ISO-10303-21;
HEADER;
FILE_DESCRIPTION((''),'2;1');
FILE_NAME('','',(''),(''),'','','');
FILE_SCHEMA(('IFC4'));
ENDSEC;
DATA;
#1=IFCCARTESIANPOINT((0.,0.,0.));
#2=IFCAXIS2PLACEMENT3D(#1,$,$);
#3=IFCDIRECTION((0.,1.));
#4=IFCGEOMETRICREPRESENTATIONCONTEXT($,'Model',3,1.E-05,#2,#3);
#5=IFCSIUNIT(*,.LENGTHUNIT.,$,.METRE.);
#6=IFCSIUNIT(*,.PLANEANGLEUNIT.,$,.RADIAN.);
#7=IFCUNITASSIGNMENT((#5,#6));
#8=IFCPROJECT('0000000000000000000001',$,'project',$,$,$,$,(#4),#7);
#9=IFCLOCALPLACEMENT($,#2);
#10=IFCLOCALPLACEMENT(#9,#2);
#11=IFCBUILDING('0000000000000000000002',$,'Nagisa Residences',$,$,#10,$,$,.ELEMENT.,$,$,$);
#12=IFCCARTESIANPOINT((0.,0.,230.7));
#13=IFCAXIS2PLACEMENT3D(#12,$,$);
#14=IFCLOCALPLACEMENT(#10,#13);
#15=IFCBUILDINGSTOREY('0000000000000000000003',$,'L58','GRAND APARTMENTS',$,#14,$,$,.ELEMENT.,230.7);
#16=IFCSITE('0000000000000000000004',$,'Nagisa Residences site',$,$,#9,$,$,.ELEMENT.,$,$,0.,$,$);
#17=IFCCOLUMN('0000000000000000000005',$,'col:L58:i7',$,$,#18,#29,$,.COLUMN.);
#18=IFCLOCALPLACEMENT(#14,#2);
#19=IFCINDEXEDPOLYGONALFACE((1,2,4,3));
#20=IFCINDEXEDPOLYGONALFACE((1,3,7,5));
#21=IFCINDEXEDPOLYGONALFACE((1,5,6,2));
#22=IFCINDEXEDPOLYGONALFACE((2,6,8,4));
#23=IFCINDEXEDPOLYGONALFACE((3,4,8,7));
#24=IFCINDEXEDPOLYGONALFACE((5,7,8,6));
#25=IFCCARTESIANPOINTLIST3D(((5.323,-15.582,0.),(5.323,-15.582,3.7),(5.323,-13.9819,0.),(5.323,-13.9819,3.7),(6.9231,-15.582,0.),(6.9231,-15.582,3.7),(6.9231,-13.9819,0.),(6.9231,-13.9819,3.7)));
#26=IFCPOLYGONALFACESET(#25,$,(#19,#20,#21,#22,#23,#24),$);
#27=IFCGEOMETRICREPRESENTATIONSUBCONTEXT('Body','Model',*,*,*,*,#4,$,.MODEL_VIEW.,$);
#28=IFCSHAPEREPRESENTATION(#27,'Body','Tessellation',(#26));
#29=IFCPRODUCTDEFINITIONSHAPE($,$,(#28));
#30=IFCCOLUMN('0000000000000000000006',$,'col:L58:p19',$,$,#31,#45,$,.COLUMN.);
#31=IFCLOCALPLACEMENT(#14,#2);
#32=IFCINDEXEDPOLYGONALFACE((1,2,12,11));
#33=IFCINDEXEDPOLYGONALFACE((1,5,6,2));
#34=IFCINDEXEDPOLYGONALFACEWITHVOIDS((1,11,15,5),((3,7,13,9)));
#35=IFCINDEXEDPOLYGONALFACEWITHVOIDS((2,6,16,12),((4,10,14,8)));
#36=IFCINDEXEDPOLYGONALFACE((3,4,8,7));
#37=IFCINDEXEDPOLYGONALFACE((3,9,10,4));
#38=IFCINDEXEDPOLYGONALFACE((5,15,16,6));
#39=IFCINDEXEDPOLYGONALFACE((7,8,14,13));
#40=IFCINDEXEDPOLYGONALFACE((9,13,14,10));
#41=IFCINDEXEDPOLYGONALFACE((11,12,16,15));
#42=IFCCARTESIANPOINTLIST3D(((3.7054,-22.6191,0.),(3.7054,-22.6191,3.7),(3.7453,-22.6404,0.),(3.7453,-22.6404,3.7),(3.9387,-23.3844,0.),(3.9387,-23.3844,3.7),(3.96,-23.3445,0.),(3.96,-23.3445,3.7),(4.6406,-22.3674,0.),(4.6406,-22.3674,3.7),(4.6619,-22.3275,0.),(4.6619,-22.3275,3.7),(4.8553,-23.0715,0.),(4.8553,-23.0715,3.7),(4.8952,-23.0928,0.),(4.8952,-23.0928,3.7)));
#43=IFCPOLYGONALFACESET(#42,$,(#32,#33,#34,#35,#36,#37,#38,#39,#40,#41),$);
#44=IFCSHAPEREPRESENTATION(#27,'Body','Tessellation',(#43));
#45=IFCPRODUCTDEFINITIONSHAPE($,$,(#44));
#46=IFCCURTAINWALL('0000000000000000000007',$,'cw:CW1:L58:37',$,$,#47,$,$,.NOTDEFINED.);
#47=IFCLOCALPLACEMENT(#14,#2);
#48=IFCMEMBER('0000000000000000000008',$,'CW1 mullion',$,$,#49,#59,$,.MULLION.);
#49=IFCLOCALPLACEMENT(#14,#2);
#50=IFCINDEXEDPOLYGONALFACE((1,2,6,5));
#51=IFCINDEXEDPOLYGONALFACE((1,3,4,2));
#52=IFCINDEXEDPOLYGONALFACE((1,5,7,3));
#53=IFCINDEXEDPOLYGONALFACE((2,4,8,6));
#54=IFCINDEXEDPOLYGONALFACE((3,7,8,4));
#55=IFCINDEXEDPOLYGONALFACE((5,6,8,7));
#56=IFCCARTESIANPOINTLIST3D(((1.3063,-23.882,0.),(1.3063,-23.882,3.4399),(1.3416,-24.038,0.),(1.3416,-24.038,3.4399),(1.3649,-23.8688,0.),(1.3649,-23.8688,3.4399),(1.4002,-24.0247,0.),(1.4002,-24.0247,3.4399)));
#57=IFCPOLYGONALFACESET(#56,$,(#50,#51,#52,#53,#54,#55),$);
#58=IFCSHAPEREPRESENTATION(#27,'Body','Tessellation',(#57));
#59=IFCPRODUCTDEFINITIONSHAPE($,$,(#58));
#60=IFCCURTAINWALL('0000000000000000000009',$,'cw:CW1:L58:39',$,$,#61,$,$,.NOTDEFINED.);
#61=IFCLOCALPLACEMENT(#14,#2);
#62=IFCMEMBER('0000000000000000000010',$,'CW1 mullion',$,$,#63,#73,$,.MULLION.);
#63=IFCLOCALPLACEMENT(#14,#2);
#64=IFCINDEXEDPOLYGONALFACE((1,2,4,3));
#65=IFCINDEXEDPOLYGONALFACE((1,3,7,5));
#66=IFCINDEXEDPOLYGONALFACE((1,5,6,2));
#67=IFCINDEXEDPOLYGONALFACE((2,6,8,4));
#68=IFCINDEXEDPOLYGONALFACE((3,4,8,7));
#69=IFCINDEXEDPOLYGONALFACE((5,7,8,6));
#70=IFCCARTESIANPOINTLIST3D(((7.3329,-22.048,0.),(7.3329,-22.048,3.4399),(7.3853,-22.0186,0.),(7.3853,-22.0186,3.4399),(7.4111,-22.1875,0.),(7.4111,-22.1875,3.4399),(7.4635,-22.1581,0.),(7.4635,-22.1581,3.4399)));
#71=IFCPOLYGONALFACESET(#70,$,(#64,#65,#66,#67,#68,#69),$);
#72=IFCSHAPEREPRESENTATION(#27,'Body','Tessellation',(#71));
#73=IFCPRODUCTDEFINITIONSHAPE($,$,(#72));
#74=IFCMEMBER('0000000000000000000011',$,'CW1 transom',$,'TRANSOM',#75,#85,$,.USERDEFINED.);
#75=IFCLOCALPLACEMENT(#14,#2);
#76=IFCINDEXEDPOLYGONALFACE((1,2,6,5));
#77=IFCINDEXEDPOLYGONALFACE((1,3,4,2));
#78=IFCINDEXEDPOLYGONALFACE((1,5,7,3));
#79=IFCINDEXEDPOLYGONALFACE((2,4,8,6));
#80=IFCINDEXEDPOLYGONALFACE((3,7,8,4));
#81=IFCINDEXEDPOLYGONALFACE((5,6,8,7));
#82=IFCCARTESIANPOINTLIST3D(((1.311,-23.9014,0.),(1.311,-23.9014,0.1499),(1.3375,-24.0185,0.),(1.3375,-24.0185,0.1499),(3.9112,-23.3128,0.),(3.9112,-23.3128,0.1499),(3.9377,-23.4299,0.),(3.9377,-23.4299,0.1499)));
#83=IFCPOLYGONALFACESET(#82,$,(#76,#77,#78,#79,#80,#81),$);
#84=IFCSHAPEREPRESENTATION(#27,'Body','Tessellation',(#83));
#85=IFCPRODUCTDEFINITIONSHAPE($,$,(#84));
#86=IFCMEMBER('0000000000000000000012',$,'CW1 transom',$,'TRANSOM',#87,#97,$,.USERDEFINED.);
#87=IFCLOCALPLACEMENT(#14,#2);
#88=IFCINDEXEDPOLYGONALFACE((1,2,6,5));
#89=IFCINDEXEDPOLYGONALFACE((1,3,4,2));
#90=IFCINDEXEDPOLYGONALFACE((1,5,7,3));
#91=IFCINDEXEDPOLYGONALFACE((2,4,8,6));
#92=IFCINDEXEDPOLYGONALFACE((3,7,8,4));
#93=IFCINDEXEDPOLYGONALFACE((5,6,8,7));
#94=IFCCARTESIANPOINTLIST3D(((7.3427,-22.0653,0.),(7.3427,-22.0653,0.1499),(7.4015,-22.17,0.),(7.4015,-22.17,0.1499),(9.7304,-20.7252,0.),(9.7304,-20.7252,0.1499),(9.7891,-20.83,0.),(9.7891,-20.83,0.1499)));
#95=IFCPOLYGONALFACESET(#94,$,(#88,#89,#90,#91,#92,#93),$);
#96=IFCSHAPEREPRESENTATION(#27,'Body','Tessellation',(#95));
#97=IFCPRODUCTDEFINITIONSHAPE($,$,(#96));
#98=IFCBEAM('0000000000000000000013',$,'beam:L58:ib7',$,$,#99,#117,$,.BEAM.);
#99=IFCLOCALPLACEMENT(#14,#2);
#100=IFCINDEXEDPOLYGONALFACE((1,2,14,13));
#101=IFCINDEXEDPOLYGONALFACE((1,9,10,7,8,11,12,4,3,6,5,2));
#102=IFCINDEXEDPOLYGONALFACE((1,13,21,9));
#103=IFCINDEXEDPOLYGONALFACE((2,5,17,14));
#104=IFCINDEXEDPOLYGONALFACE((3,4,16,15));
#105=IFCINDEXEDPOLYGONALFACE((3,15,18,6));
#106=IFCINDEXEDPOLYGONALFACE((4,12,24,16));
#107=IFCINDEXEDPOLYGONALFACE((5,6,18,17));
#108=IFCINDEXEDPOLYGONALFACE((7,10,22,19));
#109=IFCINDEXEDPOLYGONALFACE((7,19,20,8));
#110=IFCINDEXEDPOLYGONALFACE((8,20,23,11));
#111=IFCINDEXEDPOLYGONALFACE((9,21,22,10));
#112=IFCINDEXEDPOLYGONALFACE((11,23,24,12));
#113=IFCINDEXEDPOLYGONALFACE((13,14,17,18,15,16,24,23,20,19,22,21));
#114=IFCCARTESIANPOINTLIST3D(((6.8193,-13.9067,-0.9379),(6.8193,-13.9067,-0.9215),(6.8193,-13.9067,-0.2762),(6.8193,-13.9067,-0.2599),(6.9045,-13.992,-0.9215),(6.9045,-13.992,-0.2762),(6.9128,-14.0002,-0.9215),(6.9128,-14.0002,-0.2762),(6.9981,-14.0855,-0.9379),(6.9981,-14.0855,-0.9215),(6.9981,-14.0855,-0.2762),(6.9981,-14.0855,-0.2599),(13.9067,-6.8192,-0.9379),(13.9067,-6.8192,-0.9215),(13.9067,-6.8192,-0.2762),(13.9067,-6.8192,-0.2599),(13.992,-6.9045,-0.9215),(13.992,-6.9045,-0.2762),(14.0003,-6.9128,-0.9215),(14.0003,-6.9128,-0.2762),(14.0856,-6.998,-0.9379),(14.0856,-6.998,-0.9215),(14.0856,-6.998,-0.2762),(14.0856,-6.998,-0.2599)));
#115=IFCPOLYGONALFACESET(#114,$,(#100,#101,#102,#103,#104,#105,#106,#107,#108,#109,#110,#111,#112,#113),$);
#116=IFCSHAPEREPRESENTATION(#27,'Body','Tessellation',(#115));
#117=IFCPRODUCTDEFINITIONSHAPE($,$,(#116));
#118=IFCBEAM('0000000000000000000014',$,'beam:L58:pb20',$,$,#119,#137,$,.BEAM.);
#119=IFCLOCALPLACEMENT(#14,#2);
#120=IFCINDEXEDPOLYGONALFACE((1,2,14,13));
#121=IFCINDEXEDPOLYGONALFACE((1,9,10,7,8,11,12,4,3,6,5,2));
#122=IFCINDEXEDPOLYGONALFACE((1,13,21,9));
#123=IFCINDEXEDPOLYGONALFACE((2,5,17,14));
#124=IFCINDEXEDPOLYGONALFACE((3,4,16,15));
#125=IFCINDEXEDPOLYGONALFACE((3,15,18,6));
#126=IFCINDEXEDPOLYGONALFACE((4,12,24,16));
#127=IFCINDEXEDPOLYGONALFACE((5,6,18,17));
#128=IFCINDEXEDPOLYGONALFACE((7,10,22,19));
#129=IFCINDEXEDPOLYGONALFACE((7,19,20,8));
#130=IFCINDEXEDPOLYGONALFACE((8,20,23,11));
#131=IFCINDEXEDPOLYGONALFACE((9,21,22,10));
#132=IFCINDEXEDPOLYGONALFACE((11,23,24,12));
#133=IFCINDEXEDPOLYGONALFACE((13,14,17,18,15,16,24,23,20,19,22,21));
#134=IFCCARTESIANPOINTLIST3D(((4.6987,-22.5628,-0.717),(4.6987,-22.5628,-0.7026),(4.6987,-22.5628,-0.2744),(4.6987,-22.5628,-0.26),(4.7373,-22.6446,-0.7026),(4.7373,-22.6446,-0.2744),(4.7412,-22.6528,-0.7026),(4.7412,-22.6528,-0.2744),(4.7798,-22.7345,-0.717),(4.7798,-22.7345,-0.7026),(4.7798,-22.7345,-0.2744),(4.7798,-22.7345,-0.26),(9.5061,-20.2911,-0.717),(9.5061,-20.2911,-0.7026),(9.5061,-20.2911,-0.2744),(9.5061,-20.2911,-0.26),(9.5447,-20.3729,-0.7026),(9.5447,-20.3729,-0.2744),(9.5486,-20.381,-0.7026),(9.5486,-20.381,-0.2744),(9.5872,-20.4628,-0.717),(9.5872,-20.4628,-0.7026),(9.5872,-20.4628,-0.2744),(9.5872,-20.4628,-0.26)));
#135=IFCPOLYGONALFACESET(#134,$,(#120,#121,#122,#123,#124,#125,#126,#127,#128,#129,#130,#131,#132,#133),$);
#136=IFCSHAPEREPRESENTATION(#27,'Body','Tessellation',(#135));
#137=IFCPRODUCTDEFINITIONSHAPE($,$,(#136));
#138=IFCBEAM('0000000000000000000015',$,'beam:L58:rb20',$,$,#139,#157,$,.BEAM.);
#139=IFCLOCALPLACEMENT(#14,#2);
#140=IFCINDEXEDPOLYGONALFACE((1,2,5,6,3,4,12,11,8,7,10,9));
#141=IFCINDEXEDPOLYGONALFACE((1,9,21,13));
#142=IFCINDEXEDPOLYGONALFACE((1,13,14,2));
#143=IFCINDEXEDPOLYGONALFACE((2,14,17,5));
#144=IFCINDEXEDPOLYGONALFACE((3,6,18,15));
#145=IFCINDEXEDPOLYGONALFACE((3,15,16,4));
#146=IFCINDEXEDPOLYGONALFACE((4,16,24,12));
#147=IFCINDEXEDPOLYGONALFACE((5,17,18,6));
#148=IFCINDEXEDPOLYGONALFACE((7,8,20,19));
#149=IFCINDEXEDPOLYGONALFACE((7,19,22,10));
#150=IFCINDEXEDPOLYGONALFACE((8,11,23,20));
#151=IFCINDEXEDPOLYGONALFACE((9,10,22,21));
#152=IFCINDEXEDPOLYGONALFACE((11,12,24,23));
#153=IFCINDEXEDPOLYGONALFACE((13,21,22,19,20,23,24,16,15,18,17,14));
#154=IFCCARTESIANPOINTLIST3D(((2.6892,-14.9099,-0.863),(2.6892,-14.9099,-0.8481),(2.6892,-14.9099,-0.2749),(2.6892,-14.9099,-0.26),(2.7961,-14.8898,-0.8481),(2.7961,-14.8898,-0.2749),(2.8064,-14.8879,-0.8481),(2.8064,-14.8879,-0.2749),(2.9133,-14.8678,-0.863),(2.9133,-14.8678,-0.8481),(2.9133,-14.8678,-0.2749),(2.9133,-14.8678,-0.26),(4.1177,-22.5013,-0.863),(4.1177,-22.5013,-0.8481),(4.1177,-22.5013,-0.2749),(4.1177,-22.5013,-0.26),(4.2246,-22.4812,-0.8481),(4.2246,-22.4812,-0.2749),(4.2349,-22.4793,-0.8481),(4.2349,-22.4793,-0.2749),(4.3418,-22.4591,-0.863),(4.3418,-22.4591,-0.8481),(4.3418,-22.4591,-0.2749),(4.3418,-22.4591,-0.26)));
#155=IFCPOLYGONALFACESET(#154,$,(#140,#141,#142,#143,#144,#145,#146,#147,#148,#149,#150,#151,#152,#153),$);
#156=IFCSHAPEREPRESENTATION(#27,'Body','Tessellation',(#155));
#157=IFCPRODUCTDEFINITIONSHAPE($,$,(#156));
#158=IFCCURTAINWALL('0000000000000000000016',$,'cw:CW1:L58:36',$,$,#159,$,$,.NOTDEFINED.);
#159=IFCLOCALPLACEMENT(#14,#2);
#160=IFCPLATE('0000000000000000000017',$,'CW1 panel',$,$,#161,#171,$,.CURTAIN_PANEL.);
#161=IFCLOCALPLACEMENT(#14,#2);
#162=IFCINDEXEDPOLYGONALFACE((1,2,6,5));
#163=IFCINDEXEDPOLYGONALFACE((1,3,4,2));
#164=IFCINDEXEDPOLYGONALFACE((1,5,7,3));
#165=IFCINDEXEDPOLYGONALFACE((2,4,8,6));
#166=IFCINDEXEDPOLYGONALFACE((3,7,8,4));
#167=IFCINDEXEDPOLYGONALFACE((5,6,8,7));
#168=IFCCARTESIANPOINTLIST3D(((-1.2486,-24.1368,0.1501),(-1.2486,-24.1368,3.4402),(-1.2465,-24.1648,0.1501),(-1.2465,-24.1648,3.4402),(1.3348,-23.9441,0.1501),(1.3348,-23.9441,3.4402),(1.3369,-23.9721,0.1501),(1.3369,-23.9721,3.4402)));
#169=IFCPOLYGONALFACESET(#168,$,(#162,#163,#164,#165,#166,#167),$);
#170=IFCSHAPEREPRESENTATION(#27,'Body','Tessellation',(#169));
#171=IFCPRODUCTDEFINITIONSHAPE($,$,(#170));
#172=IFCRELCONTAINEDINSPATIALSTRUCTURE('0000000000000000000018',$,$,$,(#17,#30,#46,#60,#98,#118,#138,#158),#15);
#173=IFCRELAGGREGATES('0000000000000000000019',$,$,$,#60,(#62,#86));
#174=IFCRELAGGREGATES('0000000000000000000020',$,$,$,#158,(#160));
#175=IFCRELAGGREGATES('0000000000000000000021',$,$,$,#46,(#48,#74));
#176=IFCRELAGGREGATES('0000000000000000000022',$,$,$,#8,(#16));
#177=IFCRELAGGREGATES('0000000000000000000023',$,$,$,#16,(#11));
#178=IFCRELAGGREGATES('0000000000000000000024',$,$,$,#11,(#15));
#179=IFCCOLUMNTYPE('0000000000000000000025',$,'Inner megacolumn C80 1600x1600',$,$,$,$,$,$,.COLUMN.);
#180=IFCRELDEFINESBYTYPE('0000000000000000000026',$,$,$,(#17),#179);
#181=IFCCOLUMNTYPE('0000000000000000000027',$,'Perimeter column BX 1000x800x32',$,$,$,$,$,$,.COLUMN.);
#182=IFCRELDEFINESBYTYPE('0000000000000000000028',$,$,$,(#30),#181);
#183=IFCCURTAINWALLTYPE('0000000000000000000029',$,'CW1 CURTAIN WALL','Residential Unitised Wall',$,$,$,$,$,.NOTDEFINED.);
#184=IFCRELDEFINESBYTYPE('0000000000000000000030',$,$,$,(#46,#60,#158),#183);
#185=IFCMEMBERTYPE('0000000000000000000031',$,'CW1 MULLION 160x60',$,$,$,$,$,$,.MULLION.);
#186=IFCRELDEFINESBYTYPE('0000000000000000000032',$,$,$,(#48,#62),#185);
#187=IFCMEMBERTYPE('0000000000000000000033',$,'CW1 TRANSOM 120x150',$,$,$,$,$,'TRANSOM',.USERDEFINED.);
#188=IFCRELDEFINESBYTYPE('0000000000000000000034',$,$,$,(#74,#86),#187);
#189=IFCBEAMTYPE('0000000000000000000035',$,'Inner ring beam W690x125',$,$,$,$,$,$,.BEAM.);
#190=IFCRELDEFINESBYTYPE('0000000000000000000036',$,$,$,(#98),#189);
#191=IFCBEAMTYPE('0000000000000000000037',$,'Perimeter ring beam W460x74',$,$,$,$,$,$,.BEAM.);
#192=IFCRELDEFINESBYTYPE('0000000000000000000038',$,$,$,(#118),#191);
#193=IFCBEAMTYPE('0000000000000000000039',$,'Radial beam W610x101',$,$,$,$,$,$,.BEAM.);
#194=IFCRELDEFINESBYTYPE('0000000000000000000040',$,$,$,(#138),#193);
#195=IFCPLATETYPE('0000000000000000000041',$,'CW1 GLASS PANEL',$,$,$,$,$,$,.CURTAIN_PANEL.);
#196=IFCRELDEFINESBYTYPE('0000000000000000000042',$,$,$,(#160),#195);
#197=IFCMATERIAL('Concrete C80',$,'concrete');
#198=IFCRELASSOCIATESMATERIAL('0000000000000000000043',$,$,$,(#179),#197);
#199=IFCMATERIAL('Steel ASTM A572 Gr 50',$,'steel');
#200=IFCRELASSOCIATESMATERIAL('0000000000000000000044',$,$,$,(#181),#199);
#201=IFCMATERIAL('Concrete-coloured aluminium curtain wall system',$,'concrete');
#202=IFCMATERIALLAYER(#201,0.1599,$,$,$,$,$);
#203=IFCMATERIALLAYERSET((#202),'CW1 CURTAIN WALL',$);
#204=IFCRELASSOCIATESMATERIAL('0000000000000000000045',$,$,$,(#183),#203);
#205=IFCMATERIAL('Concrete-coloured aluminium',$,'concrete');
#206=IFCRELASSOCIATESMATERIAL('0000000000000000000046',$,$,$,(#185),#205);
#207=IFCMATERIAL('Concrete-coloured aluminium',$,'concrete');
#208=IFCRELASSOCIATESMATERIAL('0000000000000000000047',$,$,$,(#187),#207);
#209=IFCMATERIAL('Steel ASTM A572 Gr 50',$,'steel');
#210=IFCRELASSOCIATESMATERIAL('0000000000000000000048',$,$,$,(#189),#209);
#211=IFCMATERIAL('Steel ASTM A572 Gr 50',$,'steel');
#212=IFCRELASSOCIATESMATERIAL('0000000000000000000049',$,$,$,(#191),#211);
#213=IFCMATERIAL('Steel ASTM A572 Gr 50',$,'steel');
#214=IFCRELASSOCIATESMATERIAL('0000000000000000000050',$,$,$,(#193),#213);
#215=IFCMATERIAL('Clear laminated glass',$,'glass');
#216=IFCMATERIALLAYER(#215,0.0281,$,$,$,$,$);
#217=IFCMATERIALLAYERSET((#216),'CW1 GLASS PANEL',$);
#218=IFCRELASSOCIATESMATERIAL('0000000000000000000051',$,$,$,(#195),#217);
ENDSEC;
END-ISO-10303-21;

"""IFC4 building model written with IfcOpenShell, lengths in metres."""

from ifc_helpers import new_model, si_unit, direction, frame, origin, origin_2d, place, context, subcontext, project, spatial, rectangle, hollow_rectangle, i_section, extrude, material, layer, layer_set, material_profile, profile_set, type_object, element, aggregate, save


model = new_model("IFC4")

# Units and contexts
model_context = context("Model", 3, precision=1e-05, world=origin(), true_north=direction((0.0, 1.0)))
body_context = subcontext(model_context, "Body", "Model", "MODEL_VIEW")
ifc_project = project(units=[si_unit("LENGTHUNIT", "METRE"), si_unit("PLANEANGLEUNIT", "RADIAN")], contexts=[model_context])

# Site, building, storey
site_placement = place(None, origin())
site = spatial("IfcSite", under=ifc_project, at=site_placement, Name="Nagisa Residences site", CompositionType="ELEMENT", RefElevation=0.0)
building_placement = place(site_placement, origin())
building = spatial("IfcBuilding", under=site, at=building_placement, Name="Nagisa Residences", CompositionType="ELEMENT")
storey_placement = place(building_placement, frame((0.0, 0.0, 230.7)))
storey = spatial("IfcBuildingStorey", under=building, at=storey_placement, Name="L58", Description="GRAND APARTMENTS", CompositionType="ELEMENT", Elevation=230.7)

# Columns
ifc_material_1 = material(Name="Concrete C80", Category="concrete")
ifc_material_profile_1 = material_profile(ifc_material_1, rectangle(XDim=1.6001, YDim=1.6001, at=origin_2d()), Name="C80 1600x1600")
ifc_profile_set_1 = profile_set([ifc_material_profile_1], Name="Concrete C80")
column_type_1 = type_object("IfcColumnType", Name="Inner megacolumn C80 1600x1600", PredefinedType="COLUMN", material=ifc_profile_set_1)
column_1_placement = place(storey_placement, frame((6.123, -14.782, 0.0), z_axis=(0.0, 0.0, 1.0), x_axis=(1.0, 0.0, 0.0)))
element("IfcColumn", 1, at=column_1_placement, inside=storey, type_object=column_type_1, Name="col:L58:i7", PredefinedType="COLUMN", context=body_context, shape_type="SweptSolid", body=[
    extrude(rectangle(XDim=1.6001, YDim=1.6001, at=origin_2d()), origin(), (0.0, 0.0, 1.0), 3.7),
])
ifc_material_2 = material(Name="Steel ASTM A572 Gr 50", Category="steel")
ifc_material_profile_2 = material_profile(ifc_material_2, hollow_rectangle(XDim=1.0, YDim=0.8, WallThickness=0.032, at=origin_2d()), Name="BX 1000x800x32")
ifc_profile_set_2 = profile_set([ifc_material_profile_2], Name="Steel ASTM A572 Gr 50")
column_type_2 = type_object("IfcColumnType", Name="Perimeter column BX 1000x800x32", PredefinedType="COLUMN", material=ifc_profile_set_2)
column_2_placement = place(storey_placement, frame((4.3003, -22.856, 0.0), z_axis=(0.0, 0.0, 1.0), x_axis=(0.956525, 0.291652, 0.0)))
element("IfcColumn", 2, at=column_2_placement, inside=storey, type_object=column_type_2, Name="col:L58:p19", PredefinedType="COLUMN", context=body_context, shape_type="SweptSolid", body=[
    extrude(hollow_rectangle(XDim=1.0, YDim=0.8, WallThickness=0.032, at=origin_2d()), origin(), (0.0, 0.0, 1.0), 3.7),
])

# Curtain walls, members
ifc_material_3 = material(Name="Concrete-coloured aluminium curtain wall system", Category="concrete")
ifc_layer_1 = layer(ifc_material_3, 0.1599)
ifc_layer_set_1 = layer_set([ifc_layer_1], Name="CW1 CURTAIN WALL")
curtain_wall_type = type_object("IfcCurtainWallType", Name="CW1 CURTAIN WALL", Description="Residential Unitised Wall", PredefinedType="NOTDEFINED", material=ifc_layer_set_1)
curtain_wall_1_placement = place(storey_placement, origin())
curtain_wall_1 = element("IfcCurtainWall", 3, at=curtain_wall_1_placement, inside=storey, type_object=curtain_wall_type, Name="cw:CW1:L58:37", PredefinedType="NOTDEFINED")
ifc_material_4 = material(Name="Concrete-coloured aluminium", Category="concrete")
ifc_material_profile_3 = material_profile(ifc_material_4, rectangle(XDim=0.1599, YDim=0.0601, at=origin_2d()), Name="CW1 MULLION 160x60")
ifc_profile_set_3 = profile_set([ifc_material_profile_3], Name="Concrete-coloured aluminium")
member_type_1 = type_object("IfcMemberType", Name="CW1 MULLION 160x60", PredefinedType="MULLION", material=ifc_profile_set_3)
member_1_placement = place(storey_placement, frame((1.3533, -23.9534, 0.0), z_axis=(0.0, 0.0, 1.0), x_axis=(-0.220764, 0.975327, 0.0)))
member_1 = element("IfcMember", 4, at=member_1_placement, type_object=member_type_1, Name="CW1 mullion", PredefinedType="MULLION", context=body_context, shape_type="SweptSolid", body=[
    extrude(rectangle(XDim=0.1599, YDim=0.0601, at=origin_2d()), origin(), (0.0, 0.0, 1.0), 3.4399),
])
curtain_wall_2_placement = place(storey_placement, origin())
curtain_wall_2 = element("IfcCurtainWall", 5, at=curtain_wall_2_placement, inside=storey, type_object=curtain_wall_type, Name="cw:CW1:L58:39", PredefinedType="NOTDEFINED")
member_2_placement = place(storey_placement, frame((7.3982, -22.103, 0.0), z_axis=(0.0, 0.0, 1.0), x_axis=(-0.489377, 0.872072, 0.0)))
member_2 = element("IfcMember", 6, at=member_2_placement, type_object=member_type_1, Name="CW1 mullion", PredefinedType="MULLION", context=body_context, shape_type="SweptSolid", body=[
    extrude(rectangle(XDim=0.1599, YDim=0.0601, at=origin_2d()), origin(), (0.0, 0.0, 1.0), 3.4399),
])

# Members
ifc_material_5 = material(Name="Concrete-coloured aluminium", Category="concrete")
ifc_material_profile_4 = material_profile(ifc_material_5, rectangle(XDim=0.1201, YDim=0.1499, at=origin_2d()), Name="CW1 TRANSOM 120x150")
ifc_profile_set_4 = profile_set([ifc_material_profile_4], Name="Concrete-coloured aluminium")
member_type_2 = type_object("IfcMemberType", Name="CW1 TRANSOM 120x150", ElementType="TRANSOM", PredefinedType="USERDEFINED", material=ifc_profile_set_4)
member_3_placement = place(storey_placement, frame((1.3242, -23.96, 0.075), z_axis=(0.975324, 0.220778, 0.0), x_axis=(-0.220778, 0.975324, 0.0)))
member_3 = element("IfcMember", 7, at=member_3_placement, type_object=member_type_2, Name="CW1 transom", ObjectType="TRANSOM", PredefinedType="USERDEFINED", context=body_context, shape_type="SweptSolid", body=[
    extrude(rectangle(XDim=0.1201, YDim=0.1499, at=origin_2d()), origin(), (0.0, 0.0, 1.0), 2.666),
])
member_4_placement = place(storey_placement, frame((7.3721, -22.1177, 0.075), z_axis=(0.872042, 0.489431, 0.0), x_axis=(-0.489431, 0.872042, 0.0)))
member_4 = element("IfcMember", 8, at=member_4_placement, type_object=member_type_2, Name="CW1 transom", ObjectType="TRANSOM", PredefinedType="USERDEFINED", context=body_context, shape_type="SweptSolid", body=[
    extrude(rectangle(XDim=0.1201, YDim=0.1499, at=origin_2d()), origin(), (0.0, 0.0, 1.0), 2.738),
])
aggregate(curtain_wall_2, [member_2, member_4])

# Beams
ifc_material_6 = material(Name="Steel ASTM A572 Gr 50", Category="steel")
ifc_material_profile_5 = material_profile(ifc_material_6, i_section(OverallWidth=0.2529, OverallDepth=0.678, WebThickness=0.0117, FlangeThickness=0.0164, at=origin_2d()), Name="W690x125")
ifc_profile_set_5 = profile_set([ifc_material_profile_5], Name="Steel ASTM A572 Gr 50")
beam_type_1 = type_object("IfcBeamType", Name="Inner ring beam W690x125", PredefinedType="BEAM", material=ifc_profile_set_5)
beam_1_placement = place(storey_placement, frame((6.9087, -13.9961, -0.5989), z_axis=(0.707107, 0.707107, 0.0), x_axis=(-0.707107, 0.707107, 0.0)))
element("IfcBeam", 9, at=beam_1_placement, inside=storey, type_object=beam_type_1, Name="beam:L58:ib7", PredefinedType="BEAM", context=body_context, shape_type="SweptSolid", body=[
    extrude(i_section(OverallWidth=0.2529, OverallDepth=0.678, WebThickness=0.0117, FlangeThickness=0.0164, at=origin_2d()), origin(), (0.0, 0.0, 1.0), 10.0232),
])
ifc_material_7 = material(Name="Steel ASTM A572 Gr 50", Category="steel")
ifc_material_profile_6 = material_profile(ifc_material_7, i_section(OverallWidth=0.1899, OverallDepth=0.457, WebThickness=0.009, FlangeThickness=0.0144, at=origin_2d()), Name="W460x74")
ifc_profile_set_6 = profile_set([ifc_material_profile_6], Name="Steel ASTM A572 Gr 50")
beam_type_2 = type_object("IfcBeamType", Name="Perimeter ring beam W460x74", PredefinedType="BEAM", material=ifc_profile_set_6)
beam_2_placement = place(storey_placement, frame((4.7393, -22.6487, -0.4885), z_axis=(0.904134, 0.427249, 0.0), x_axis=(-0.427249, 0.904134, 0.0)))
element("IfcBeam", 10, at=beam_2_placement, inside=storey, type_object=beam_type_2, Name="beam:L58:pb20", PredefinedType="BEAM", context=body_context, shape_type="SweptSolid", body=[
    extrude(i_section(OverallWidth=0.1899, OverallDepth=0.457, WebThickness=0.009, FlangeThickness=0.0144, at=origin_2d()), origin(), (0.0, 0.0, 1.0), 5.3171),
])
ifc_material_8 = material(Name="Steel ASTM A572 Gr 50", Category="steel")
ifc_material_profile_7 = material_profile(ifc_material_8, i_section(OverallWidth=0.228, OverallDepth=0.603, WebThickness=0.0105, FlangeThickness=0.0149, at=origin_2d()), Name="W610x101")
ifc_profile_set_7 = profile_set([ifc_material_profile_7], Name="Steel ASTM A572 Gr 50")
beam_type_3 = type_object("IfcBeamType", Name="Radial beam W610x101", PredefinedType="BEAM", material=ifc_profile_set_7)
beam_3_placement = place(storey_placement, frame((4.2297, -22.4802, -0.5615), z_axis=(-0.184926, 0.982752, 0.0), x_axis=(-0.982752, -0.184926, 0.0)))
element("IfcBeam", 11, at=beam_3_placement, inside=storey, type_object=beam_type_3, Name="beam:L58:rb20", PredefinedType="BEAM", context=body_context, shape_type="SweptSolid", body=[
    extrude(i_section(OverallWidth=0.228, OverallDepth=0.603, WebThickness=0.0105, FlangeThickness=0.0149, at=origin_2d()), origin(), (0.0, 0.0, 1.0), 7.7246),
])

# Curtain wall, plate
curtain_wall_3_placement = place(storey_placement, origin())
curtain_wall_3 = element("IfcCurtainWall", 12, at=curtain_wall_3_placement, inside=storey, type_object=curtain_wall_type, Name="cw:CW1:L58:36", PredefinedType="NOTDEFINED")
ifc_material_9 = material(Name="Clear laminated glass", Category="glass")
ifc_layer_2 = layer(ifc_material_9, 0.0281)
ifc_layer_set_2 = layer_set([ifc_layer_2], Name="CW1 GLASS PANEL")
plate_type = type_object("IfcPlateType", Name="CW1 GLASS PANEL", PredefinedType="CURTAIN_PANEL", material=ifc_layer_set_2)
plate_1_placement = place(storey_placement, frame((0.0442, -24.0544, 0.1501), z_axis=(0.0, 0.0, 1.0), x_axis=(0.99723, 0.074377, 0.0)))
plate_1 = element("IfcPlate", 13, at=plate_1_placement, type_object=plate_type, Name="CW1 panel", PredefinedType="CURTAIN_PANEL", context=body_context, shape_type="SweptSolid", body=[
    extrude(rectangle(XDim=2.5906, YDim=0.0281, at=origin_2d()), origin(), (0.0, 0.0, 1.0), 3.29),
])
aggregate(curtain_wall_3, [plate_1])

aggregate(curtain_wall_1, [member_1, member_3])

save(model, "model.ifc")
